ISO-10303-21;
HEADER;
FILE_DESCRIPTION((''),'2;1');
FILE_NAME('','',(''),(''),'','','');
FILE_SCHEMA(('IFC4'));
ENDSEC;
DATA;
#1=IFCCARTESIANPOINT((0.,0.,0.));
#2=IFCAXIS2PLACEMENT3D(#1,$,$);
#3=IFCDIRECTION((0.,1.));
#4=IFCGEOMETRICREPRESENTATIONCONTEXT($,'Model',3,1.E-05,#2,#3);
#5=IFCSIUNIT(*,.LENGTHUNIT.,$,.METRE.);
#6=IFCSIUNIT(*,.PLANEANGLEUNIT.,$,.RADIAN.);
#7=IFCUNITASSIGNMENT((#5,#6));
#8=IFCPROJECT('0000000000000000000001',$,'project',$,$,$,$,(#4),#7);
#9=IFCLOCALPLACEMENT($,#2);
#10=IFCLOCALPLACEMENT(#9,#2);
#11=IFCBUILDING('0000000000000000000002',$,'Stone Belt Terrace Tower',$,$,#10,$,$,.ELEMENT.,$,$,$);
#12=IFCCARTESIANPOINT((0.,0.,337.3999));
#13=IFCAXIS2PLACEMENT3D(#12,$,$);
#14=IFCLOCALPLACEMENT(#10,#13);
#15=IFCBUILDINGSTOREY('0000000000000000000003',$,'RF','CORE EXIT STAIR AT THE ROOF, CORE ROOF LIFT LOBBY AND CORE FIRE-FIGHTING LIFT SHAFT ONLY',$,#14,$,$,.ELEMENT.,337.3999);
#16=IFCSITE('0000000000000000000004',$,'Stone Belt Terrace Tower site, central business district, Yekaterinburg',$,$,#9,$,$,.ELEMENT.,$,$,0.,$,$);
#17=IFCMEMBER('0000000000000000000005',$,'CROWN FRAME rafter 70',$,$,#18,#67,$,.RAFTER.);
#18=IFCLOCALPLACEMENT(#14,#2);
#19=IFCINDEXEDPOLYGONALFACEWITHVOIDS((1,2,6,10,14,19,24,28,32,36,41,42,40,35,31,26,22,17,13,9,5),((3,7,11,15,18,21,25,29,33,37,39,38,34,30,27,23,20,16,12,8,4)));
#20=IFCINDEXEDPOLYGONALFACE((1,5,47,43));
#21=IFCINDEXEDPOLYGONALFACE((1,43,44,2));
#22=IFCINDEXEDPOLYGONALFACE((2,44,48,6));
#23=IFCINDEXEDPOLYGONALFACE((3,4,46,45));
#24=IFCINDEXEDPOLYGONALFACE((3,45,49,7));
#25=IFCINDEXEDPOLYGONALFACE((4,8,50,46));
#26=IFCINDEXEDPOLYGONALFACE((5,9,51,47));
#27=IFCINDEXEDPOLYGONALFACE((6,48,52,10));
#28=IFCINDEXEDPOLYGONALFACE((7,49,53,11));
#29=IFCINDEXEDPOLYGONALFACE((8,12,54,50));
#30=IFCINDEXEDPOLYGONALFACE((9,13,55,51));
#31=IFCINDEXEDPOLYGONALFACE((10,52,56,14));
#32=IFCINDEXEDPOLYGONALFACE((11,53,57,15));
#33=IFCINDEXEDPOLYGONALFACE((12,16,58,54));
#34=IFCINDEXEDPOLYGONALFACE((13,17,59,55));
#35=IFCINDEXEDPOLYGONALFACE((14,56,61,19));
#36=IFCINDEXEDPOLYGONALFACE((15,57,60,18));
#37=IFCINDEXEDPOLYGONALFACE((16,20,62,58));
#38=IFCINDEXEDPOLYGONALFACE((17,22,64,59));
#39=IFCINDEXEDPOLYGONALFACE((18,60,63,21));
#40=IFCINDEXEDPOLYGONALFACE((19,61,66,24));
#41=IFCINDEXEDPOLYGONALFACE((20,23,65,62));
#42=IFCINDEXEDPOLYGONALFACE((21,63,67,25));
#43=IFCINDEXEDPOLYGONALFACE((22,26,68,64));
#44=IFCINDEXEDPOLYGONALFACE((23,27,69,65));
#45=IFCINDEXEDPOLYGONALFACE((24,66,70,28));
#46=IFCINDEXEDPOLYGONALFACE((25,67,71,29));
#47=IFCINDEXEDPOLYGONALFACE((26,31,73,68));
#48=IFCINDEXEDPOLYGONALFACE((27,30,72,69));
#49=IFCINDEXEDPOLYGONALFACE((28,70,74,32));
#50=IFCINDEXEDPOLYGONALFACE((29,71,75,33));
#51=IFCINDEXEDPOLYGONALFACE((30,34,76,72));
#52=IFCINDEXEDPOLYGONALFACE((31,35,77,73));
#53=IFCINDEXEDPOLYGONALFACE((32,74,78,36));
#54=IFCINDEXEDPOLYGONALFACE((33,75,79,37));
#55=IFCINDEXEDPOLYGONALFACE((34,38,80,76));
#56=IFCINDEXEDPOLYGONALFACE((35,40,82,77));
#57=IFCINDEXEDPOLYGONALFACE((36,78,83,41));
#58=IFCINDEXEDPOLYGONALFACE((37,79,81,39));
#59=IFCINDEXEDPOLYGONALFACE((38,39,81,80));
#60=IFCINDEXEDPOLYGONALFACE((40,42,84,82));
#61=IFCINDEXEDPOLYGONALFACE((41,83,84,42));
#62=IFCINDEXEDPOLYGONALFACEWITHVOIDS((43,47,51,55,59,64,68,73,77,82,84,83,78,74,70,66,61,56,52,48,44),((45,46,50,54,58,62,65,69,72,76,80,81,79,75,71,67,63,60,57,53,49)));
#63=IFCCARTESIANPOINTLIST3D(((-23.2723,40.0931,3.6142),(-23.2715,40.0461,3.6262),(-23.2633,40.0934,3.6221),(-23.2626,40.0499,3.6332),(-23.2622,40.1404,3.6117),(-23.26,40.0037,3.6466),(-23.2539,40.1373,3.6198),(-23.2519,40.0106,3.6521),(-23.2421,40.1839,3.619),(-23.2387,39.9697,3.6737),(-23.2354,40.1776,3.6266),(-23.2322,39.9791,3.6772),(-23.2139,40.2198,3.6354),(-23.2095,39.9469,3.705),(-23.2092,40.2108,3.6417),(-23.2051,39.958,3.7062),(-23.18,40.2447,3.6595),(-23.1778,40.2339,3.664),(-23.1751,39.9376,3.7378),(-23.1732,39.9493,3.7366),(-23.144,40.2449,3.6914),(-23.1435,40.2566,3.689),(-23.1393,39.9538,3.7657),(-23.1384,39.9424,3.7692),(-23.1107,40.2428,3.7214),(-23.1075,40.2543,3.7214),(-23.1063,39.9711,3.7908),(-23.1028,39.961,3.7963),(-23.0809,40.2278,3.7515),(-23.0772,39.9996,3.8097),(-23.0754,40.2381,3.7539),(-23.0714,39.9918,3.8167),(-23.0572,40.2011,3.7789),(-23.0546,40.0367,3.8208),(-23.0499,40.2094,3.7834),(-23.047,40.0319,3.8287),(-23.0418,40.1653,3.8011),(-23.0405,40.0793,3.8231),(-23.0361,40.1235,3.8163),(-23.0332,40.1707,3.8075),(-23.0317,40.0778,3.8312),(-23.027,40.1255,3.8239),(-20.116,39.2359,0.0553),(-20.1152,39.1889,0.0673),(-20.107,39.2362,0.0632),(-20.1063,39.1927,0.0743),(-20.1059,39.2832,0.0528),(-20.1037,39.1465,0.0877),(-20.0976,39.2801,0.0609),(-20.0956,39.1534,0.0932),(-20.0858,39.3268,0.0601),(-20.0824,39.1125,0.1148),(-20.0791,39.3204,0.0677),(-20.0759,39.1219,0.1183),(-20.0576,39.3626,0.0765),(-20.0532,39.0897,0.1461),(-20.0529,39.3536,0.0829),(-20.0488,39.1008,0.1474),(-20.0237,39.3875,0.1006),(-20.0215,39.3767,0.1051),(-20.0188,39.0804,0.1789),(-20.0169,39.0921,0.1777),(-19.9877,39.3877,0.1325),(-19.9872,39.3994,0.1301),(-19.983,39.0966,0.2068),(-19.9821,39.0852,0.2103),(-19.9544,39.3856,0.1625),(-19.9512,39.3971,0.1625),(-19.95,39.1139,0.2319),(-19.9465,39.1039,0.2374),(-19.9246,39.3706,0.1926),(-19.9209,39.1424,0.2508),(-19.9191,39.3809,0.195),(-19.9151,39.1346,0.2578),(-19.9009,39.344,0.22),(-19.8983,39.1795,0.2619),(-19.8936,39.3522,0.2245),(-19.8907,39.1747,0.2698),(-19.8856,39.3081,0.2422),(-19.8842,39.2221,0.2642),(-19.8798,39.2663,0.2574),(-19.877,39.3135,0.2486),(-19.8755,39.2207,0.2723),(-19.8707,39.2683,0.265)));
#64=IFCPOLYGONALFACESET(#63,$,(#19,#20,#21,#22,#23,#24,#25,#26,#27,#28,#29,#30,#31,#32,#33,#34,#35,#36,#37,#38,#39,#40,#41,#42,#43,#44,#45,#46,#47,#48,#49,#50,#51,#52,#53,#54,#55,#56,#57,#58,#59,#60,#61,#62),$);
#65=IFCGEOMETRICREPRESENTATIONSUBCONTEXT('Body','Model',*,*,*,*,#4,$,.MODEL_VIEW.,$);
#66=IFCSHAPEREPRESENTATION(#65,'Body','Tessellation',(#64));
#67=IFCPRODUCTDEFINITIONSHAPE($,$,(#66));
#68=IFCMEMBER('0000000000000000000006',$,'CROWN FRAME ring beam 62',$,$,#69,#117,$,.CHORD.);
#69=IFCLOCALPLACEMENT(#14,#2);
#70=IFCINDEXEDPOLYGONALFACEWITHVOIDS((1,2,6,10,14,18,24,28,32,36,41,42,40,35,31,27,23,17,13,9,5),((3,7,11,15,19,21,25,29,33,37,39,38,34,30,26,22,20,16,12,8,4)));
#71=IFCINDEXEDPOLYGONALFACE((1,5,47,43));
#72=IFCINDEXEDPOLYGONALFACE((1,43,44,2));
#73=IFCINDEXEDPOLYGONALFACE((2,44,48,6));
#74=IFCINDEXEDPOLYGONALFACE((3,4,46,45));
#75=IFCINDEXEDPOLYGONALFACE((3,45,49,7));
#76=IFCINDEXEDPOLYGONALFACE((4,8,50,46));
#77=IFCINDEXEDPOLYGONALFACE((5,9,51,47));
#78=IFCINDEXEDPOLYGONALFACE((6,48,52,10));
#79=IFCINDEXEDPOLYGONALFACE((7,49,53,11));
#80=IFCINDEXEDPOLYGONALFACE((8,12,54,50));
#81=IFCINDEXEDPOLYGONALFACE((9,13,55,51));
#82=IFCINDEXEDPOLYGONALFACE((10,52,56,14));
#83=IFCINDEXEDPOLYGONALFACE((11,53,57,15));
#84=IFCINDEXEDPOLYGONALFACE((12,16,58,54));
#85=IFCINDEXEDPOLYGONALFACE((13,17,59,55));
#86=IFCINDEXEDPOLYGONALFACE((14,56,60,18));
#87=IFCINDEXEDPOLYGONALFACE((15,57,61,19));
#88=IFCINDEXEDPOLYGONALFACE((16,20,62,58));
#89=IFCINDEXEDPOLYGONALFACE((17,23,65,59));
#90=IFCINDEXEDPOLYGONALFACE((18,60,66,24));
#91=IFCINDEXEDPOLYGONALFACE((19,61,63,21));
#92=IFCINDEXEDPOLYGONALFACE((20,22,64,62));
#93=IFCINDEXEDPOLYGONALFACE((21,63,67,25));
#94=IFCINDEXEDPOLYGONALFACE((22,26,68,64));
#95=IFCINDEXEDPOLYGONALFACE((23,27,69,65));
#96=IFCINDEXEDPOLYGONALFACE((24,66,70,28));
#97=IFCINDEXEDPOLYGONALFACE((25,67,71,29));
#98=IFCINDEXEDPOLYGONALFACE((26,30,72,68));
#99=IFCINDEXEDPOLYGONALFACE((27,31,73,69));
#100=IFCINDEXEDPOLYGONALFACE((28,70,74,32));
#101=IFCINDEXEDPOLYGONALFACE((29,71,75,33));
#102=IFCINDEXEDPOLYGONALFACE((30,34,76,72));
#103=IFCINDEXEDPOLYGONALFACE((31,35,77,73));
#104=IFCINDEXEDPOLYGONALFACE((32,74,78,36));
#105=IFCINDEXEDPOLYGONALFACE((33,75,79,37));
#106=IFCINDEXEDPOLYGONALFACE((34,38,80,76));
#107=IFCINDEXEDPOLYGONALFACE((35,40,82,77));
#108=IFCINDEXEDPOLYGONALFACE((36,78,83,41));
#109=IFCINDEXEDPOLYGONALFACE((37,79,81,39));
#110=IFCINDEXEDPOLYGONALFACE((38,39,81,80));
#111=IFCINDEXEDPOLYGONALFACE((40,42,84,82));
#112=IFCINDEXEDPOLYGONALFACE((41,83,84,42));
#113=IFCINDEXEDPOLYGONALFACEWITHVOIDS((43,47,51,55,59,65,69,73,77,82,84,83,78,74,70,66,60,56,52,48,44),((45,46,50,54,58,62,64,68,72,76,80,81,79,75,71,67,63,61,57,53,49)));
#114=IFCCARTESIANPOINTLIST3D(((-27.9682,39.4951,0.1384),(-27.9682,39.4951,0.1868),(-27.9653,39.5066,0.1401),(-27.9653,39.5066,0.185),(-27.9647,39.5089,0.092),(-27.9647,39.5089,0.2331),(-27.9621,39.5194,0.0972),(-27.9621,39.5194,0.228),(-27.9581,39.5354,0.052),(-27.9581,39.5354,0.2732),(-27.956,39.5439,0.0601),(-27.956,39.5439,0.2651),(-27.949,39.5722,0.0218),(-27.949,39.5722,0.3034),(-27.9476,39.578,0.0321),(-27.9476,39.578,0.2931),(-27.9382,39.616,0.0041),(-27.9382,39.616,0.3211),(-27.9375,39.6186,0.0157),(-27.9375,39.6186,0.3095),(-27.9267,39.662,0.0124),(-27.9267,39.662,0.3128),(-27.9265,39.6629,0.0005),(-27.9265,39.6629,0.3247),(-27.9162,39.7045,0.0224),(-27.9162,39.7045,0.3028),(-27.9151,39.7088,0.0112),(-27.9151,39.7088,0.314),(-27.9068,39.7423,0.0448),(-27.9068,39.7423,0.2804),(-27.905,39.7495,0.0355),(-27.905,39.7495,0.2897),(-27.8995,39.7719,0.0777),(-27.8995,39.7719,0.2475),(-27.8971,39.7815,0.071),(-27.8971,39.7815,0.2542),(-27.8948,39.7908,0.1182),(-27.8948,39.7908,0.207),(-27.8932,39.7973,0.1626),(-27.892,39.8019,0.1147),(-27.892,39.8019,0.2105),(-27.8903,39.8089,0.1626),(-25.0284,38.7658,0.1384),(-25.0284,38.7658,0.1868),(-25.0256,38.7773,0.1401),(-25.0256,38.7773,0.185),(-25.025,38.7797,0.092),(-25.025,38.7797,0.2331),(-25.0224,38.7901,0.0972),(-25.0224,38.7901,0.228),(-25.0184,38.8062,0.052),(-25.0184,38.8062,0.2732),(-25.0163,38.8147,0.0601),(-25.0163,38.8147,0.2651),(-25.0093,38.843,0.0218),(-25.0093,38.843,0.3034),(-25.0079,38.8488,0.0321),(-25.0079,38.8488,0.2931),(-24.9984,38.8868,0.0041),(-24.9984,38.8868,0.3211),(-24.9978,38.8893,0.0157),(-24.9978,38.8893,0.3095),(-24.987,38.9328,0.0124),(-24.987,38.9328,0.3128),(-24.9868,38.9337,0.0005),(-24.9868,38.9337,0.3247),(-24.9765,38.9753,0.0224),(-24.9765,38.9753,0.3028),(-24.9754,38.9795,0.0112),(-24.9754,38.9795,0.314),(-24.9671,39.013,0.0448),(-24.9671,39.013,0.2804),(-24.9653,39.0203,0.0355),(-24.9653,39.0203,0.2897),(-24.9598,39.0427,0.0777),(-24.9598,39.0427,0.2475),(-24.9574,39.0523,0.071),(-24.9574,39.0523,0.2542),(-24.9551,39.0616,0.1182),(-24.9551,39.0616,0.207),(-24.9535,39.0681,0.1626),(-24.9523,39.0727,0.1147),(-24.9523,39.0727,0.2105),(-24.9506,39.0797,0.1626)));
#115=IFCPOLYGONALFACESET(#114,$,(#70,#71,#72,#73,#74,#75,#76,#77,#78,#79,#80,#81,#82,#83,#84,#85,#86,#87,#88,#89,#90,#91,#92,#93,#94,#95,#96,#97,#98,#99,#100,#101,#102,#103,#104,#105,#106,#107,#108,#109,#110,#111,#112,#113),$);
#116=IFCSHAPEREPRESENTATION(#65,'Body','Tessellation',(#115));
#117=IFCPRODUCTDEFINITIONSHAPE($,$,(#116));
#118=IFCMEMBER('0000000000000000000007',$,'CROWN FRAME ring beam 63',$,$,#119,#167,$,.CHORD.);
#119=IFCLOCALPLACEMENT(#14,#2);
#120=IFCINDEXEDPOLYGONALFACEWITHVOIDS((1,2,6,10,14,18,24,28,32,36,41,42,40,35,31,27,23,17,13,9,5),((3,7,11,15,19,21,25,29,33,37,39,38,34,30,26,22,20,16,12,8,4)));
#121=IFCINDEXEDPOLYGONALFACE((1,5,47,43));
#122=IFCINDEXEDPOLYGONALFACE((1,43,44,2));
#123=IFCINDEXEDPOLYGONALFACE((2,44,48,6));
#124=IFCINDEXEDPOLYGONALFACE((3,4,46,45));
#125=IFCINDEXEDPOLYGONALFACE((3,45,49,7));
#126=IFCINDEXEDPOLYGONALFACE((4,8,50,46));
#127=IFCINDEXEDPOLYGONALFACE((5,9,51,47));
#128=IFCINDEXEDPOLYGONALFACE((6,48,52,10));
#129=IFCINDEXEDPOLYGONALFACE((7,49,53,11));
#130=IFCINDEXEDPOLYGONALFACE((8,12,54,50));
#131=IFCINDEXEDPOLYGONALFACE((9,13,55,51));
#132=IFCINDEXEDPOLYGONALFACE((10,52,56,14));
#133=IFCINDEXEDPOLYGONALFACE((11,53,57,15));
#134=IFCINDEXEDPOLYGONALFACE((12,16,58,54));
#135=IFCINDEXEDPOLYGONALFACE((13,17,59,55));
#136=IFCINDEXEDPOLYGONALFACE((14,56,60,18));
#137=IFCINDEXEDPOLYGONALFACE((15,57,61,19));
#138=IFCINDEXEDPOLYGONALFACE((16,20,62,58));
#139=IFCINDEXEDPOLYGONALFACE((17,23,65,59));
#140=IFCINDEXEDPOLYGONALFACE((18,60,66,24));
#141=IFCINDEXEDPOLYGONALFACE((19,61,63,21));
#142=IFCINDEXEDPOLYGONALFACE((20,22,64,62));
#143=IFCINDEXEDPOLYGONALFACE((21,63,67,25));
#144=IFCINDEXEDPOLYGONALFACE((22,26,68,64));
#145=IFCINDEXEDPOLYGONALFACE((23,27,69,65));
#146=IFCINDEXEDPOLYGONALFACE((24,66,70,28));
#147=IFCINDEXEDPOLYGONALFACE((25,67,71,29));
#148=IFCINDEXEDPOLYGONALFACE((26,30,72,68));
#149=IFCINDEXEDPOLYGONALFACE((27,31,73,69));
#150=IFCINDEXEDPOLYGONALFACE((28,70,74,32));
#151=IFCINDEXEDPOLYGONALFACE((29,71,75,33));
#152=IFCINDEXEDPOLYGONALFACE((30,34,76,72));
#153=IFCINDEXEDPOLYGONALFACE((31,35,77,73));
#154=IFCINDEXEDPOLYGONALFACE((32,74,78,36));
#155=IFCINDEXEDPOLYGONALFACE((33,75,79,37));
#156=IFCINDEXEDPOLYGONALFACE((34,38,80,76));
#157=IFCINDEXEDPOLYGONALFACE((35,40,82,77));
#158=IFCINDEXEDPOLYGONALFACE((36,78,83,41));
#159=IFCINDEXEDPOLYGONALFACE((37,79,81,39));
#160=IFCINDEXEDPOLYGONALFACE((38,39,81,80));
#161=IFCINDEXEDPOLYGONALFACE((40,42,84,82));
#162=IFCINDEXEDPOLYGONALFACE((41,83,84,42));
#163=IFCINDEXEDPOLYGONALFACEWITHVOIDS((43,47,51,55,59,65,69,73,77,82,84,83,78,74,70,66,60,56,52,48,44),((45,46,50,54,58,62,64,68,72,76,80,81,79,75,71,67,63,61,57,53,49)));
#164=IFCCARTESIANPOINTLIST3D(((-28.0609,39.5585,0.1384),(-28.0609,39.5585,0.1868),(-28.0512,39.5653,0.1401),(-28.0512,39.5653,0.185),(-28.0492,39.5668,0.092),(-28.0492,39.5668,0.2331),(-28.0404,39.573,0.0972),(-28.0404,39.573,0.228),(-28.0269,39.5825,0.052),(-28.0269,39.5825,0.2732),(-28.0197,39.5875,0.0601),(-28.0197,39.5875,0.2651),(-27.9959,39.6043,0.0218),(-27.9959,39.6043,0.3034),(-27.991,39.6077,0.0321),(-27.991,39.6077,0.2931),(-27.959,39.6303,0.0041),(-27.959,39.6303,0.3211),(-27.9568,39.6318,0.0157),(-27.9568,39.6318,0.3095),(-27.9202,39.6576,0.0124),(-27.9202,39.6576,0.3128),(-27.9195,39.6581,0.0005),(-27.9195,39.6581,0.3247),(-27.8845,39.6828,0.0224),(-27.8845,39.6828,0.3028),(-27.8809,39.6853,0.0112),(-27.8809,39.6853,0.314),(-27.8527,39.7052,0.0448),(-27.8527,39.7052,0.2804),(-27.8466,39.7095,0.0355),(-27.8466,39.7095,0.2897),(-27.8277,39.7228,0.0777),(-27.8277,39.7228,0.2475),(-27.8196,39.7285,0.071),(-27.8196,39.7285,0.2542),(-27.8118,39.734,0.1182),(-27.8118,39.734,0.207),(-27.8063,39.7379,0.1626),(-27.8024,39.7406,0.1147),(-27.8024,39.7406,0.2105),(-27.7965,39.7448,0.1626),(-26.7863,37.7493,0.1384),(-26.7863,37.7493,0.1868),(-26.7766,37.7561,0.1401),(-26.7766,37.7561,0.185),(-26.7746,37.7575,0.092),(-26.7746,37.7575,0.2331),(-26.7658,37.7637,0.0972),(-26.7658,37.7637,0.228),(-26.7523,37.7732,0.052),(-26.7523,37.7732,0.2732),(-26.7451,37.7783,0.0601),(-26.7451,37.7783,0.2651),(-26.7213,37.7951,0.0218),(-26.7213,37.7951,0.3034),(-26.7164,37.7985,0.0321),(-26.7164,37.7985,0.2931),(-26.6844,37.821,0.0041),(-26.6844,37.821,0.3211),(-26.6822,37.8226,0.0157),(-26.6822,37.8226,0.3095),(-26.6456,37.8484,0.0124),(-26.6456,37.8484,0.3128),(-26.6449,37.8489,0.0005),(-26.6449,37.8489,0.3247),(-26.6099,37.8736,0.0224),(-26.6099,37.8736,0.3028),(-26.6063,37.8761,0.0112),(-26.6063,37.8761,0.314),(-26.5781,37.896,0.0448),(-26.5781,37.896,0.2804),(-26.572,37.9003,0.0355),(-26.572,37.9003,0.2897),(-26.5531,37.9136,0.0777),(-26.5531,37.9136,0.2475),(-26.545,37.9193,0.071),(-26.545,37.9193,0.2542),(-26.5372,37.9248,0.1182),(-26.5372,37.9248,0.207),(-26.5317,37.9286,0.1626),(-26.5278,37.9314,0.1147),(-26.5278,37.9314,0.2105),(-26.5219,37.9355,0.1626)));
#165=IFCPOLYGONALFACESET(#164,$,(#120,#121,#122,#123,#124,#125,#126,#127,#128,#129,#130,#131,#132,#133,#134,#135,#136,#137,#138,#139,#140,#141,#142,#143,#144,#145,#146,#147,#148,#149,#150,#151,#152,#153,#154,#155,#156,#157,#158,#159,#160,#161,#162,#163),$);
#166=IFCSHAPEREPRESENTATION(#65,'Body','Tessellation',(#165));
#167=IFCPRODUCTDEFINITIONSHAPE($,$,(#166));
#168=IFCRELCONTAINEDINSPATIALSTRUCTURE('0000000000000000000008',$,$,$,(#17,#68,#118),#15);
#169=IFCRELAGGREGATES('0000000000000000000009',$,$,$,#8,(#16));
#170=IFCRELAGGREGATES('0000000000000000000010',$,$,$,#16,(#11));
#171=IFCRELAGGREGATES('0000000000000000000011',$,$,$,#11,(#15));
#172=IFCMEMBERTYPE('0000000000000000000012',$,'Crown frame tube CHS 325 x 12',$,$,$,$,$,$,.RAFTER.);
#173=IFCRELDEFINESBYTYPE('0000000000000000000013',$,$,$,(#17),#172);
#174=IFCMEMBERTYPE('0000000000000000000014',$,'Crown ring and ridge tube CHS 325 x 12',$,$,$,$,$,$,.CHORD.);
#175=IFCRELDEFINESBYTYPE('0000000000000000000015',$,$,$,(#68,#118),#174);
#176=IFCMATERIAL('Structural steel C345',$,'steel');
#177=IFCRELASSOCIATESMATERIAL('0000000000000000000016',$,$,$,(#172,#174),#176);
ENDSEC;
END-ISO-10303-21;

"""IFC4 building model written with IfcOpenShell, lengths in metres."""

from ifc_helpers import new_model, si_unit, direction, frame, origin, origin_2d, place, context, subcontext, project, spatial, hollow_circle, extrude, material, material_profile, profile_set, type_object, element, save


model = new_model("IFC4")

# Units and contexts
model_context = context("Model", 3, precision=1e-05, world=origin(), true_north=direction((0.0, 1.0)))
body_context = subcontext(model_context, "Body", "Model", "MODEL_VIEW")
ifc_project = project(units=[si_unit("LENGTHUNIT", "METRE"), si_unit("PLANEANGLEUNIT", "RADIAN")], contexts=[model_context])

# Site, building, storey
site_placement = place(None, origin())
site = spatial("IfcSite", under=ifc_project, at=site_placement, Name="Stone Belt Terrace Tower site, central business district, Yekaterinburg", CompositionType="ELEMENT", RefElevation=0.0)
building_placement = place(site_placement, origin())
building = spatial("IfcBuilding", under=site, at=building_placement, Name="Stone Belt Terrace Tower", CompositionType="ELEMENT")
storey_placement = place(building_placement, frame((0.0, 0.0, 337.3999)))
storey = spatial("IfcBuildingStorey", under=building, at=storey_placement, Name="RF", Description="CORE EXIT STAIR AT THE ROOF, CORE ROOF LIFT LOBBY AND CORE FIRE-FIGHTING LIFT SHAFT ONLY", CompositionType="ELEMENT", Elevation=337.3999)

# Members
ifc_material_1 = material(Name="Structural steel C345", Category="steel")
ifc_material_profile_1 = material_profile(ifc_material_1, hollow_circle(Radius=0.1626, WallThickness=0.012, at=origin_2d()), Name="Structural steel C345 CHS 325x12")
ifc_profile_set_1 = profile_set([ifc_material_profile_1], Name="Structural steel C345")
member_type_1 = type_object("IfcMemberType", Name="Crown frame tube CHS 325 x 12", PredefinedType="RAFTER", material=ifc_profile_set_1)
member_1_placement = place(storey_placement, frame((-23.1501, 40.0974, 3.7214), z_axis=(0.653005, -0.177344, -0.736297), x_axis=(0.262088, 0.965044, 0.0)))
element("IfcMember", 1, at=member_1_placement, inside=storey, type_object=member_type_1, Name="CROWN FRAME rafter 70", PredefinedType="RAFTER", context=body_context, shape_type="SweptSolid", body=[
    extrude(hollow_circle(Radius=0.1626, WallThickness=0.012, at=origin_2d()), origin(), (0.0, 0.0, 1.0), 4.8335),
])
ifc_material_profile_2 = material_profile(ifc_material_1, hollow_circle(Radius=0.1626, WallThickness=0.012, at=origin_2d()), Name="Structural steel C345 CHS 325x12")
ifc_profile_set_2 = profile_set([ifc_material_profile_2], Name="Structural steel C345")
member_type_2 = type_object("IfcMemberType", Name="Crown ring and ridge tube CHS 325 x 12", PredefinedType="CHORD", material=ifc_profile_set_2)
member_2_placement = place(storey_placement, frame((-27.9294, 39.6511, 0.1626), z_axis=(0.970582, -0.240771, 0.0), x_axis=(0.240771, 0.970582, 0.0)))
element("IfcMember", 2, at=member_2_placement, inside=storey, type_object=member_type_2, Name="CROWN FRAME ring beam 62", PredefinedType="CHORD", context=body_context, shape_type="SweptSolid", body=[
    extrude(hollow_circle(Radius=0.1626, WallThickness=0.012, at=origin_2d()), origin(), (0.0, 0.0, 1.0), 3.0288),
])
member_3_placement = place(storey_placement, frame((-27.9294, 39.6511, 0.1626), z_axis=(0.575925, -0.817502, 0.0), x_axis=(0.817502, 0.575925, 0.0)))
element("IfcMember", 3, at=member_3_placement, inside=storey, type_object=member_type_2, Name="CROWN FRAME ring beam 63", PredefinedType="CHORD", context=body_context, shape_type="SweptSolid", body=[
    extrude(hollow_circle(Radius=0.1626, WallThickness=0.012, at=origin_2d()), origin(), (0.0, 0.0, 1.0), 2.2131),
])

save(model, "model.ifc")
